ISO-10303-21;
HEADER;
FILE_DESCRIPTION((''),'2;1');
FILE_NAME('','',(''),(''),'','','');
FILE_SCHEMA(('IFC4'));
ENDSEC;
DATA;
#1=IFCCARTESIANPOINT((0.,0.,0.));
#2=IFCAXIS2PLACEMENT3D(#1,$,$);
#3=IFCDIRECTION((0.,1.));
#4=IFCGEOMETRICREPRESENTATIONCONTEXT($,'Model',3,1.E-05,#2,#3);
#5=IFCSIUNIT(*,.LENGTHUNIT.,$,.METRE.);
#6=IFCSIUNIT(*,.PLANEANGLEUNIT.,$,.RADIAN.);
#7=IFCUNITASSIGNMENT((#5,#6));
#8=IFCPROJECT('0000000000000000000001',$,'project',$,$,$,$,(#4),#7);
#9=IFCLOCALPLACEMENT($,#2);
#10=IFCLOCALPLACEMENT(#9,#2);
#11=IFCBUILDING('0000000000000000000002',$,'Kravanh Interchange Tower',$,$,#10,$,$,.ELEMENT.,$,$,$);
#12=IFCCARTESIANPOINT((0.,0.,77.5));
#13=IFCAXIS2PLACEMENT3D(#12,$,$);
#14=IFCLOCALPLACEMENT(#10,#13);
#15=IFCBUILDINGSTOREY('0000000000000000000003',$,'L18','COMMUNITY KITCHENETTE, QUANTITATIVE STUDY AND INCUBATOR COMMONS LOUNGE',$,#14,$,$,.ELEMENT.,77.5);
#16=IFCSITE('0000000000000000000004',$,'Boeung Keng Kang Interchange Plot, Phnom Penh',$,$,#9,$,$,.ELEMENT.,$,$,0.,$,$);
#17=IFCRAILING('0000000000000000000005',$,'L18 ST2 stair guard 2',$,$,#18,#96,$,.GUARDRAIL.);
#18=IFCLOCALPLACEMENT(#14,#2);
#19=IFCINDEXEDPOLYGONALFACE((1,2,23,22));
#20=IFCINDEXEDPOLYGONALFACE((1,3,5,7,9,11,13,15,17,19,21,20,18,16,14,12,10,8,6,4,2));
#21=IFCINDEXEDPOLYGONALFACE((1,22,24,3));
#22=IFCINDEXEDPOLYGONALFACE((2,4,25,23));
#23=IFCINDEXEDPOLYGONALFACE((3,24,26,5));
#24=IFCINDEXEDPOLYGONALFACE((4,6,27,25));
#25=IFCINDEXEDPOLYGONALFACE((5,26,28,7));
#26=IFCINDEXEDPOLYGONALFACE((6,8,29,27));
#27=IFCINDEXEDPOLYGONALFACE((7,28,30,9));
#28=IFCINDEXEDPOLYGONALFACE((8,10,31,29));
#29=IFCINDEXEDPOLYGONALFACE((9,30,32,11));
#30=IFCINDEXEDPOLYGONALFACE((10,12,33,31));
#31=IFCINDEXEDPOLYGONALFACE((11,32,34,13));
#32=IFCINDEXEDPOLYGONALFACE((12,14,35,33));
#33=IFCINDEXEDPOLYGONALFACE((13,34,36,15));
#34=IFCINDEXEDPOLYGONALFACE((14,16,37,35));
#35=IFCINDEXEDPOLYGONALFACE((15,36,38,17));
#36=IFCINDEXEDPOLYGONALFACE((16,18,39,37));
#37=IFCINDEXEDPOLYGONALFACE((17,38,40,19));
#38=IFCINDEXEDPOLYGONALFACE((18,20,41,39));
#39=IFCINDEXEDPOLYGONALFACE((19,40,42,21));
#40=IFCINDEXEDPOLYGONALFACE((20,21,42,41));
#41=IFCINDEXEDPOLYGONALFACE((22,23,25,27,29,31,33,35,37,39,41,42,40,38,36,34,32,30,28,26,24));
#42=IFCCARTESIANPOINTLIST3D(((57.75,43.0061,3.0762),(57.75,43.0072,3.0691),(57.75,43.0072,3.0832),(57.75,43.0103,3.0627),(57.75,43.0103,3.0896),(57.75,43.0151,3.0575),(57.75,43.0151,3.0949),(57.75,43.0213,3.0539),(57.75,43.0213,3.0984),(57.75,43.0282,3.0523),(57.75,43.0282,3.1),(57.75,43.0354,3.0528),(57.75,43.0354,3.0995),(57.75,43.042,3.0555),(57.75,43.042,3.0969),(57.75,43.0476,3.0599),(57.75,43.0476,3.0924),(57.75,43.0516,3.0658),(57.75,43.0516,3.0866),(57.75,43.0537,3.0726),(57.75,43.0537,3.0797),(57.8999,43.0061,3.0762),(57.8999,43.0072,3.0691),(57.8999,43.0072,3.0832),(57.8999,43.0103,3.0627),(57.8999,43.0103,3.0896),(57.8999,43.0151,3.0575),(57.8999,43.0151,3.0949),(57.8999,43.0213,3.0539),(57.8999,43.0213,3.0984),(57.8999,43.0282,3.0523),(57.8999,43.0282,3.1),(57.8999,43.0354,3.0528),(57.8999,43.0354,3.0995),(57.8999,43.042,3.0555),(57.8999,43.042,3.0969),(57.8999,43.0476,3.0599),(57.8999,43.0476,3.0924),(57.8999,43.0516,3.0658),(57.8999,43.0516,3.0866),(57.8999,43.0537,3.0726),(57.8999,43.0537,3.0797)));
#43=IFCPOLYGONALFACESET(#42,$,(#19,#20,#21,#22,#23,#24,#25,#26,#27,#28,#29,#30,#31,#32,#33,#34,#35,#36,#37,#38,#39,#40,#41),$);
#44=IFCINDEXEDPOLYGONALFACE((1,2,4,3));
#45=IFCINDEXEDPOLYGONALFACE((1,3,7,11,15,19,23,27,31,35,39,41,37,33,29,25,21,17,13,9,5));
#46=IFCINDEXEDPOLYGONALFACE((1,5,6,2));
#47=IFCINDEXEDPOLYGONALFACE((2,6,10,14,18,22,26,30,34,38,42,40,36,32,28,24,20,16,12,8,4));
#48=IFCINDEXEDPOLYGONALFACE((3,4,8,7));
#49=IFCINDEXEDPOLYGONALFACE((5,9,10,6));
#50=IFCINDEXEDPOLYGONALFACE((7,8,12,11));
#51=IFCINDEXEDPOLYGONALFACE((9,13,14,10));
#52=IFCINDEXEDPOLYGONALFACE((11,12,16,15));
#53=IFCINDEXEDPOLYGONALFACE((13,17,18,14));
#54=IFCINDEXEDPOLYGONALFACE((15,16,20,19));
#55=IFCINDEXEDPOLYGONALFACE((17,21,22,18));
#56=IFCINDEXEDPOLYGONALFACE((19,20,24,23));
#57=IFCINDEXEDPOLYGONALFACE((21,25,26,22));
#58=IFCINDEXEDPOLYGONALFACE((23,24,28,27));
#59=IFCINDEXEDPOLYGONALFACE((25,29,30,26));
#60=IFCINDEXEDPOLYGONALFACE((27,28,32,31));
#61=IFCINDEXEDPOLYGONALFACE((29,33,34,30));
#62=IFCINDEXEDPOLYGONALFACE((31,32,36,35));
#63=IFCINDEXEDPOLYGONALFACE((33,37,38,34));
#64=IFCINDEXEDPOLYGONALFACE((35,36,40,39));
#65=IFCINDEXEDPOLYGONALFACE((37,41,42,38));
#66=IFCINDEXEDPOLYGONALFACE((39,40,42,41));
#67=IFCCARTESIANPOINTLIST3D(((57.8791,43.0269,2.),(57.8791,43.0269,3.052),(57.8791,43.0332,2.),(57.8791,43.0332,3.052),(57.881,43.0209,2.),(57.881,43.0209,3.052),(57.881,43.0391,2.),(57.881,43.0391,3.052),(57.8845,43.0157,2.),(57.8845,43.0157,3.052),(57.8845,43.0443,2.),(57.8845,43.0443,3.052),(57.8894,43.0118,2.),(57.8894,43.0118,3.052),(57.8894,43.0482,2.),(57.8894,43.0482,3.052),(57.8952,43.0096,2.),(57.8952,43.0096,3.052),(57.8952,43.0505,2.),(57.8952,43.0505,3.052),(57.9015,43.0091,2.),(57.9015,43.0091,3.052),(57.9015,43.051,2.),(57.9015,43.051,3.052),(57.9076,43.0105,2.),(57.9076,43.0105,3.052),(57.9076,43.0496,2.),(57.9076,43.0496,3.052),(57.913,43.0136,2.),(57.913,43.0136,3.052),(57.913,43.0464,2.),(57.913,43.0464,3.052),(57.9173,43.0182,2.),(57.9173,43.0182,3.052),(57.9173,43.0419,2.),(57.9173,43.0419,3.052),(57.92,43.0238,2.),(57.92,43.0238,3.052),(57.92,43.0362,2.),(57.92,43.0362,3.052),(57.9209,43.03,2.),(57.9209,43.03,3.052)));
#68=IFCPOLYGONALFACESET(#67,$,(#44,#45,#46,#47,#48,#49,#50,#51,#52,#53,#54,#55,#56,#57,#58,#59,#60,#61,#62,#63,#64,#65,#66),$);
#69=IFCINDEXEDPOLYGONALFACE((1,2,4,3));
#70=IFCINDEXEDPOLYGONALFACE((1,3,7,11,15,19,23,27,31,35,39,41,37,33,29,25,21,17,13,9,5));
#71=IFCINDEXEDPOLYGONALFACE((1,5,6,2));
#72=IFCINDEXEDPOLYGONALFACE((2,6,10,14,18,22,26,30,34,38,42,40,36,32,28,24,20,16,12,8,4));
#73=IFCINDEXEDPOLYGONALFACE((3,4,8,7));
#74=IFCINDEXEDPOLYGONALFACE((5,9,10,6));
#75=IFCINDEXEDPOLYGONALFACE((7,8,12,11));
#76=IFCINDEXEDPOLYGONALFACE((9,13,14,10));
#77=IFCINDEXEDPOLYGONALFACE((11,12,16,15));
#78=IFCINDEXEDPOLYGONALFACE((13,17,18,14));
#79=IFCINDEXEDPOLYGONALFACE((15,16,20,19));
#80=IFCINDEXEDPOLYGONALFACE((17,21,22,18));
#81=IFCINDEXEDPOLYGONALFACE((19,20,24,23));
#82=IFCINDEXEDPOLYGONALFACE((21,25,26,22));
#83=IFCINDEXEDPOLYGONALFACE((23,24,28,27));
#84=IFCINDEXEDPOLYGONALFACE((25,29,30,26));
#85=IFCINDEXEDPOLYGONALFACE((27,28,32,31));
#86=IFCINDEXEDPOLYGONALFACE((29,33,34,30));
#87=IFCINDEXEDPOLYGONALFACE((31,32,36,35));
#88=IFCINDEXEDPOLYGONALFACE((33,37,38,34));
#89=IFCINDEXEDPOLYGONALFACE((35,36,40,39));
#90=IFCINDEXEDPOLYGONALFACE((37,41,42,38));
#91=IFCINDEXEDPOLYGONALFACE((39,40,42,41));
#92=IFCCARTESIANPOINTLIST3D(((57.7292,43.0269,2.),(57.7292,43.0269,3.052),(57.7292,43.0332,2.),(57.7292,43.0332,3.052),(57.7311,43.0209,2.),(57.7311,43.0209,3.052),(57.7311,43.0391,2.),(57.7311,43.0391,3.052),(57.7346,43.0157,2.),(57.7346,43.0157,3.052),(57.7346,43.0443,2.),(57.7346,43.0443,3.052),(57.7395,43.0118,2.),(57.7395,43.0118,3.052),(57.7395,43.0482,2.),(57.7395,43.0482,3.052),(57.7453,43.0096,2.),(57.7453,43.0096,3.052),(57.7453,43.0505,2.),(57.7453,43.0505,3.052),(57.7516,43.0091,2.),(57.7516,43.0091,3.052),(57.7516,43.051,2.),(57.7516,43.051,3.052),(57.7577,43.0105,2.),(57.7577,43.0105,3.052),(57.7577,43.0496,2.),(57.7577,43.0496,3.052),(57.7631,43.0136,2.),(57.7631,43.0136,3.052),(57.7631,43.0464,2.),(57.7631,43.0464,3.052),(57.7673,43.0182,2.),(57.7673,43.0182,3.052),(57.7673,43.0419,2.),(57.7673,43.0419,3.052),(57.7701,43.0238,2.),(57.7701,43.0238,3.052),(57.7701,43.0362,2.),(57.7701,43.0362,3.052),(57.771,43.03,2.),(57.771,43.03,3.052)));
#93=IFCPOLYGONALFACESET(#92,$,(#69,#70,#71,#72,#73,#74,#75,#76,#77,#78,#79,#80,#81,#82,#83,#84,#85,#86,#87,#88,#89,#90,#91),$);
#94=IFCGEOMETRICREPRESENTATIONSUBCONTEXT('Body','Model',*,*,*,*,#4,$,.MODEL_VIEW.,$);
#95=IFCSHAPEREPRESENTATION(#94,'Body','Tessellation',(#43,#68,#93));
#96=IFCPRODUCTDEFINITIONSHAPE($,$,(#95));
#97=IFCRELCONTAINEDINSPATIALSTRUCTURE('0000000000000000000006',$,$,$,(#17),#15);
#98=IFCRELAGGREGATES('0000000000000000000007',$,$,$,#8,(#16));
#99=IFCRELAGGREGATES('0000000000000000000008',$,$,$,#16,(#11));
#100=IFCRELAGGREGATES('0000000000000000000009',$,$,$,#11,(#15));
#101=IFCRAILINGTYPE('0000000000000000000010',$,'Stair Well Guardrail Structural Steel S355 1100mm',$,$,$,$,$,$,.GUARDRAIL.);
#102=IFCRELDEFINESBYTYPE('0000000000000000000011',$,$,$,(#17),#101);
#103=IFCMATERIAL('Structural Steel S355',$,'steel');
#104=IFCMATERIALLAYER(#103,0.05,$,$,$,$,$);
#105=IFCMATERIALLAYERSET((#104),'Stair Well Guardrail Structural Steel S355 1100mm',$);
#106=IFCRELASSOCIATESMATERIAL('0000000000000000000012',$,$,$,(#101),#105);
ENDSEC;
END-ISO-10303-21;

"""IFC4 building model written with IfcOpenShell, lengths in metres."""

from ifc_helpers import new_model, si_unit, direction, frame, origin, origin_2d, place, context, subcontext, project, spatial, circle, extrude, material, layer, layer_set, type_object, element, save


model = new_model("IFC4")

# Units and contexts
model_context = context("Model", 3, precision=1e-05, world=origin(), true_north=direction((0.0, 1.0)))
body_context = subcontext(model_context, "Body", "Model", "MODEL_VIEW")
ifc_project = project(units=[si_unit("LENGTHUNIT", "METRE"), si_unit("PLANEANGLEUNIT", "RADIAN")], contexts=[model_context])

# Site, building, storey
site_placement = place(None, origin())
site = spatial("IfcSite", under=ifc_project, at=site_placement, Name="Boeung Keng Kang Interchange Plot, Phnom Penh", CompositionType="ELEMENT", RefElevation=0.0)
building_placement = place(site_placement, origin())
building = spatial("IfcBuilding", under=site, at=building_placement, Name="Kravanh Interchange Tower", CompositionType="ELEMENT")
storey_placement = place(building_placement, frame((0.0, 0.0, 77.5)))
storey = spatial("IfcBuildingStorey", under=building, at=storey_placement, Name="L18", Description="COMMUNITY KITCHENETTE, QUANTITATIVE STUDY AND INCUBATOR COMMONS LOUNGE", CompositionType="ELEMENT", Elevation=77.5)

# Railing
ifc_material_1 = material(Name="Structural Steel S355", Category="steel")
ifc_layer_1 = layer(ifc_material_1, 0.05)
ifc_layer_set_1 = layer_set([ifc_layer_1], Name="Stair Well Guardrail Structural Steel S355 1100mm")
railing_type_1 = type_object("IfcRailingType", Name="Stair Well Guardrail Structural Steel S355 1100mm", PredefinedType="GUARDRAIL", material=ifc_layer_set_1)
railing_1_placement = place(storey_placement, frame((57.8999, 43.03, 2.0)))
element("IfcRailing", 1, at=railing_1_placement, inside=storey, type_object=railing_type_1, Name="L18 ST2 stair guard 2", PredefinedType="GUARDRAIL", context=body_context, shape_type="SweptSolid", body=[
    extrude(circle(Radius=0.0239, at=origin_2d()), frame((0.0, 0.0, 1.0762), z_axis=(-1.0, 0.0, 0.0), x_axis=(0.0, -1.0, 0.0)), (0.0, 0.0, 1.0), 0.1499),
    extrude(circle(Radius=0.021, at=origin_2d()), origin(), (0.0, 0.0, 1.0), 1.052),
    extrude(circle(Radius=0.021, at=origin_2d()), frame((-0.1499, 0.0, 0.0)), (0.0, 0.0, 1.0), 1.052),
])

save(model, "model.ifc")
